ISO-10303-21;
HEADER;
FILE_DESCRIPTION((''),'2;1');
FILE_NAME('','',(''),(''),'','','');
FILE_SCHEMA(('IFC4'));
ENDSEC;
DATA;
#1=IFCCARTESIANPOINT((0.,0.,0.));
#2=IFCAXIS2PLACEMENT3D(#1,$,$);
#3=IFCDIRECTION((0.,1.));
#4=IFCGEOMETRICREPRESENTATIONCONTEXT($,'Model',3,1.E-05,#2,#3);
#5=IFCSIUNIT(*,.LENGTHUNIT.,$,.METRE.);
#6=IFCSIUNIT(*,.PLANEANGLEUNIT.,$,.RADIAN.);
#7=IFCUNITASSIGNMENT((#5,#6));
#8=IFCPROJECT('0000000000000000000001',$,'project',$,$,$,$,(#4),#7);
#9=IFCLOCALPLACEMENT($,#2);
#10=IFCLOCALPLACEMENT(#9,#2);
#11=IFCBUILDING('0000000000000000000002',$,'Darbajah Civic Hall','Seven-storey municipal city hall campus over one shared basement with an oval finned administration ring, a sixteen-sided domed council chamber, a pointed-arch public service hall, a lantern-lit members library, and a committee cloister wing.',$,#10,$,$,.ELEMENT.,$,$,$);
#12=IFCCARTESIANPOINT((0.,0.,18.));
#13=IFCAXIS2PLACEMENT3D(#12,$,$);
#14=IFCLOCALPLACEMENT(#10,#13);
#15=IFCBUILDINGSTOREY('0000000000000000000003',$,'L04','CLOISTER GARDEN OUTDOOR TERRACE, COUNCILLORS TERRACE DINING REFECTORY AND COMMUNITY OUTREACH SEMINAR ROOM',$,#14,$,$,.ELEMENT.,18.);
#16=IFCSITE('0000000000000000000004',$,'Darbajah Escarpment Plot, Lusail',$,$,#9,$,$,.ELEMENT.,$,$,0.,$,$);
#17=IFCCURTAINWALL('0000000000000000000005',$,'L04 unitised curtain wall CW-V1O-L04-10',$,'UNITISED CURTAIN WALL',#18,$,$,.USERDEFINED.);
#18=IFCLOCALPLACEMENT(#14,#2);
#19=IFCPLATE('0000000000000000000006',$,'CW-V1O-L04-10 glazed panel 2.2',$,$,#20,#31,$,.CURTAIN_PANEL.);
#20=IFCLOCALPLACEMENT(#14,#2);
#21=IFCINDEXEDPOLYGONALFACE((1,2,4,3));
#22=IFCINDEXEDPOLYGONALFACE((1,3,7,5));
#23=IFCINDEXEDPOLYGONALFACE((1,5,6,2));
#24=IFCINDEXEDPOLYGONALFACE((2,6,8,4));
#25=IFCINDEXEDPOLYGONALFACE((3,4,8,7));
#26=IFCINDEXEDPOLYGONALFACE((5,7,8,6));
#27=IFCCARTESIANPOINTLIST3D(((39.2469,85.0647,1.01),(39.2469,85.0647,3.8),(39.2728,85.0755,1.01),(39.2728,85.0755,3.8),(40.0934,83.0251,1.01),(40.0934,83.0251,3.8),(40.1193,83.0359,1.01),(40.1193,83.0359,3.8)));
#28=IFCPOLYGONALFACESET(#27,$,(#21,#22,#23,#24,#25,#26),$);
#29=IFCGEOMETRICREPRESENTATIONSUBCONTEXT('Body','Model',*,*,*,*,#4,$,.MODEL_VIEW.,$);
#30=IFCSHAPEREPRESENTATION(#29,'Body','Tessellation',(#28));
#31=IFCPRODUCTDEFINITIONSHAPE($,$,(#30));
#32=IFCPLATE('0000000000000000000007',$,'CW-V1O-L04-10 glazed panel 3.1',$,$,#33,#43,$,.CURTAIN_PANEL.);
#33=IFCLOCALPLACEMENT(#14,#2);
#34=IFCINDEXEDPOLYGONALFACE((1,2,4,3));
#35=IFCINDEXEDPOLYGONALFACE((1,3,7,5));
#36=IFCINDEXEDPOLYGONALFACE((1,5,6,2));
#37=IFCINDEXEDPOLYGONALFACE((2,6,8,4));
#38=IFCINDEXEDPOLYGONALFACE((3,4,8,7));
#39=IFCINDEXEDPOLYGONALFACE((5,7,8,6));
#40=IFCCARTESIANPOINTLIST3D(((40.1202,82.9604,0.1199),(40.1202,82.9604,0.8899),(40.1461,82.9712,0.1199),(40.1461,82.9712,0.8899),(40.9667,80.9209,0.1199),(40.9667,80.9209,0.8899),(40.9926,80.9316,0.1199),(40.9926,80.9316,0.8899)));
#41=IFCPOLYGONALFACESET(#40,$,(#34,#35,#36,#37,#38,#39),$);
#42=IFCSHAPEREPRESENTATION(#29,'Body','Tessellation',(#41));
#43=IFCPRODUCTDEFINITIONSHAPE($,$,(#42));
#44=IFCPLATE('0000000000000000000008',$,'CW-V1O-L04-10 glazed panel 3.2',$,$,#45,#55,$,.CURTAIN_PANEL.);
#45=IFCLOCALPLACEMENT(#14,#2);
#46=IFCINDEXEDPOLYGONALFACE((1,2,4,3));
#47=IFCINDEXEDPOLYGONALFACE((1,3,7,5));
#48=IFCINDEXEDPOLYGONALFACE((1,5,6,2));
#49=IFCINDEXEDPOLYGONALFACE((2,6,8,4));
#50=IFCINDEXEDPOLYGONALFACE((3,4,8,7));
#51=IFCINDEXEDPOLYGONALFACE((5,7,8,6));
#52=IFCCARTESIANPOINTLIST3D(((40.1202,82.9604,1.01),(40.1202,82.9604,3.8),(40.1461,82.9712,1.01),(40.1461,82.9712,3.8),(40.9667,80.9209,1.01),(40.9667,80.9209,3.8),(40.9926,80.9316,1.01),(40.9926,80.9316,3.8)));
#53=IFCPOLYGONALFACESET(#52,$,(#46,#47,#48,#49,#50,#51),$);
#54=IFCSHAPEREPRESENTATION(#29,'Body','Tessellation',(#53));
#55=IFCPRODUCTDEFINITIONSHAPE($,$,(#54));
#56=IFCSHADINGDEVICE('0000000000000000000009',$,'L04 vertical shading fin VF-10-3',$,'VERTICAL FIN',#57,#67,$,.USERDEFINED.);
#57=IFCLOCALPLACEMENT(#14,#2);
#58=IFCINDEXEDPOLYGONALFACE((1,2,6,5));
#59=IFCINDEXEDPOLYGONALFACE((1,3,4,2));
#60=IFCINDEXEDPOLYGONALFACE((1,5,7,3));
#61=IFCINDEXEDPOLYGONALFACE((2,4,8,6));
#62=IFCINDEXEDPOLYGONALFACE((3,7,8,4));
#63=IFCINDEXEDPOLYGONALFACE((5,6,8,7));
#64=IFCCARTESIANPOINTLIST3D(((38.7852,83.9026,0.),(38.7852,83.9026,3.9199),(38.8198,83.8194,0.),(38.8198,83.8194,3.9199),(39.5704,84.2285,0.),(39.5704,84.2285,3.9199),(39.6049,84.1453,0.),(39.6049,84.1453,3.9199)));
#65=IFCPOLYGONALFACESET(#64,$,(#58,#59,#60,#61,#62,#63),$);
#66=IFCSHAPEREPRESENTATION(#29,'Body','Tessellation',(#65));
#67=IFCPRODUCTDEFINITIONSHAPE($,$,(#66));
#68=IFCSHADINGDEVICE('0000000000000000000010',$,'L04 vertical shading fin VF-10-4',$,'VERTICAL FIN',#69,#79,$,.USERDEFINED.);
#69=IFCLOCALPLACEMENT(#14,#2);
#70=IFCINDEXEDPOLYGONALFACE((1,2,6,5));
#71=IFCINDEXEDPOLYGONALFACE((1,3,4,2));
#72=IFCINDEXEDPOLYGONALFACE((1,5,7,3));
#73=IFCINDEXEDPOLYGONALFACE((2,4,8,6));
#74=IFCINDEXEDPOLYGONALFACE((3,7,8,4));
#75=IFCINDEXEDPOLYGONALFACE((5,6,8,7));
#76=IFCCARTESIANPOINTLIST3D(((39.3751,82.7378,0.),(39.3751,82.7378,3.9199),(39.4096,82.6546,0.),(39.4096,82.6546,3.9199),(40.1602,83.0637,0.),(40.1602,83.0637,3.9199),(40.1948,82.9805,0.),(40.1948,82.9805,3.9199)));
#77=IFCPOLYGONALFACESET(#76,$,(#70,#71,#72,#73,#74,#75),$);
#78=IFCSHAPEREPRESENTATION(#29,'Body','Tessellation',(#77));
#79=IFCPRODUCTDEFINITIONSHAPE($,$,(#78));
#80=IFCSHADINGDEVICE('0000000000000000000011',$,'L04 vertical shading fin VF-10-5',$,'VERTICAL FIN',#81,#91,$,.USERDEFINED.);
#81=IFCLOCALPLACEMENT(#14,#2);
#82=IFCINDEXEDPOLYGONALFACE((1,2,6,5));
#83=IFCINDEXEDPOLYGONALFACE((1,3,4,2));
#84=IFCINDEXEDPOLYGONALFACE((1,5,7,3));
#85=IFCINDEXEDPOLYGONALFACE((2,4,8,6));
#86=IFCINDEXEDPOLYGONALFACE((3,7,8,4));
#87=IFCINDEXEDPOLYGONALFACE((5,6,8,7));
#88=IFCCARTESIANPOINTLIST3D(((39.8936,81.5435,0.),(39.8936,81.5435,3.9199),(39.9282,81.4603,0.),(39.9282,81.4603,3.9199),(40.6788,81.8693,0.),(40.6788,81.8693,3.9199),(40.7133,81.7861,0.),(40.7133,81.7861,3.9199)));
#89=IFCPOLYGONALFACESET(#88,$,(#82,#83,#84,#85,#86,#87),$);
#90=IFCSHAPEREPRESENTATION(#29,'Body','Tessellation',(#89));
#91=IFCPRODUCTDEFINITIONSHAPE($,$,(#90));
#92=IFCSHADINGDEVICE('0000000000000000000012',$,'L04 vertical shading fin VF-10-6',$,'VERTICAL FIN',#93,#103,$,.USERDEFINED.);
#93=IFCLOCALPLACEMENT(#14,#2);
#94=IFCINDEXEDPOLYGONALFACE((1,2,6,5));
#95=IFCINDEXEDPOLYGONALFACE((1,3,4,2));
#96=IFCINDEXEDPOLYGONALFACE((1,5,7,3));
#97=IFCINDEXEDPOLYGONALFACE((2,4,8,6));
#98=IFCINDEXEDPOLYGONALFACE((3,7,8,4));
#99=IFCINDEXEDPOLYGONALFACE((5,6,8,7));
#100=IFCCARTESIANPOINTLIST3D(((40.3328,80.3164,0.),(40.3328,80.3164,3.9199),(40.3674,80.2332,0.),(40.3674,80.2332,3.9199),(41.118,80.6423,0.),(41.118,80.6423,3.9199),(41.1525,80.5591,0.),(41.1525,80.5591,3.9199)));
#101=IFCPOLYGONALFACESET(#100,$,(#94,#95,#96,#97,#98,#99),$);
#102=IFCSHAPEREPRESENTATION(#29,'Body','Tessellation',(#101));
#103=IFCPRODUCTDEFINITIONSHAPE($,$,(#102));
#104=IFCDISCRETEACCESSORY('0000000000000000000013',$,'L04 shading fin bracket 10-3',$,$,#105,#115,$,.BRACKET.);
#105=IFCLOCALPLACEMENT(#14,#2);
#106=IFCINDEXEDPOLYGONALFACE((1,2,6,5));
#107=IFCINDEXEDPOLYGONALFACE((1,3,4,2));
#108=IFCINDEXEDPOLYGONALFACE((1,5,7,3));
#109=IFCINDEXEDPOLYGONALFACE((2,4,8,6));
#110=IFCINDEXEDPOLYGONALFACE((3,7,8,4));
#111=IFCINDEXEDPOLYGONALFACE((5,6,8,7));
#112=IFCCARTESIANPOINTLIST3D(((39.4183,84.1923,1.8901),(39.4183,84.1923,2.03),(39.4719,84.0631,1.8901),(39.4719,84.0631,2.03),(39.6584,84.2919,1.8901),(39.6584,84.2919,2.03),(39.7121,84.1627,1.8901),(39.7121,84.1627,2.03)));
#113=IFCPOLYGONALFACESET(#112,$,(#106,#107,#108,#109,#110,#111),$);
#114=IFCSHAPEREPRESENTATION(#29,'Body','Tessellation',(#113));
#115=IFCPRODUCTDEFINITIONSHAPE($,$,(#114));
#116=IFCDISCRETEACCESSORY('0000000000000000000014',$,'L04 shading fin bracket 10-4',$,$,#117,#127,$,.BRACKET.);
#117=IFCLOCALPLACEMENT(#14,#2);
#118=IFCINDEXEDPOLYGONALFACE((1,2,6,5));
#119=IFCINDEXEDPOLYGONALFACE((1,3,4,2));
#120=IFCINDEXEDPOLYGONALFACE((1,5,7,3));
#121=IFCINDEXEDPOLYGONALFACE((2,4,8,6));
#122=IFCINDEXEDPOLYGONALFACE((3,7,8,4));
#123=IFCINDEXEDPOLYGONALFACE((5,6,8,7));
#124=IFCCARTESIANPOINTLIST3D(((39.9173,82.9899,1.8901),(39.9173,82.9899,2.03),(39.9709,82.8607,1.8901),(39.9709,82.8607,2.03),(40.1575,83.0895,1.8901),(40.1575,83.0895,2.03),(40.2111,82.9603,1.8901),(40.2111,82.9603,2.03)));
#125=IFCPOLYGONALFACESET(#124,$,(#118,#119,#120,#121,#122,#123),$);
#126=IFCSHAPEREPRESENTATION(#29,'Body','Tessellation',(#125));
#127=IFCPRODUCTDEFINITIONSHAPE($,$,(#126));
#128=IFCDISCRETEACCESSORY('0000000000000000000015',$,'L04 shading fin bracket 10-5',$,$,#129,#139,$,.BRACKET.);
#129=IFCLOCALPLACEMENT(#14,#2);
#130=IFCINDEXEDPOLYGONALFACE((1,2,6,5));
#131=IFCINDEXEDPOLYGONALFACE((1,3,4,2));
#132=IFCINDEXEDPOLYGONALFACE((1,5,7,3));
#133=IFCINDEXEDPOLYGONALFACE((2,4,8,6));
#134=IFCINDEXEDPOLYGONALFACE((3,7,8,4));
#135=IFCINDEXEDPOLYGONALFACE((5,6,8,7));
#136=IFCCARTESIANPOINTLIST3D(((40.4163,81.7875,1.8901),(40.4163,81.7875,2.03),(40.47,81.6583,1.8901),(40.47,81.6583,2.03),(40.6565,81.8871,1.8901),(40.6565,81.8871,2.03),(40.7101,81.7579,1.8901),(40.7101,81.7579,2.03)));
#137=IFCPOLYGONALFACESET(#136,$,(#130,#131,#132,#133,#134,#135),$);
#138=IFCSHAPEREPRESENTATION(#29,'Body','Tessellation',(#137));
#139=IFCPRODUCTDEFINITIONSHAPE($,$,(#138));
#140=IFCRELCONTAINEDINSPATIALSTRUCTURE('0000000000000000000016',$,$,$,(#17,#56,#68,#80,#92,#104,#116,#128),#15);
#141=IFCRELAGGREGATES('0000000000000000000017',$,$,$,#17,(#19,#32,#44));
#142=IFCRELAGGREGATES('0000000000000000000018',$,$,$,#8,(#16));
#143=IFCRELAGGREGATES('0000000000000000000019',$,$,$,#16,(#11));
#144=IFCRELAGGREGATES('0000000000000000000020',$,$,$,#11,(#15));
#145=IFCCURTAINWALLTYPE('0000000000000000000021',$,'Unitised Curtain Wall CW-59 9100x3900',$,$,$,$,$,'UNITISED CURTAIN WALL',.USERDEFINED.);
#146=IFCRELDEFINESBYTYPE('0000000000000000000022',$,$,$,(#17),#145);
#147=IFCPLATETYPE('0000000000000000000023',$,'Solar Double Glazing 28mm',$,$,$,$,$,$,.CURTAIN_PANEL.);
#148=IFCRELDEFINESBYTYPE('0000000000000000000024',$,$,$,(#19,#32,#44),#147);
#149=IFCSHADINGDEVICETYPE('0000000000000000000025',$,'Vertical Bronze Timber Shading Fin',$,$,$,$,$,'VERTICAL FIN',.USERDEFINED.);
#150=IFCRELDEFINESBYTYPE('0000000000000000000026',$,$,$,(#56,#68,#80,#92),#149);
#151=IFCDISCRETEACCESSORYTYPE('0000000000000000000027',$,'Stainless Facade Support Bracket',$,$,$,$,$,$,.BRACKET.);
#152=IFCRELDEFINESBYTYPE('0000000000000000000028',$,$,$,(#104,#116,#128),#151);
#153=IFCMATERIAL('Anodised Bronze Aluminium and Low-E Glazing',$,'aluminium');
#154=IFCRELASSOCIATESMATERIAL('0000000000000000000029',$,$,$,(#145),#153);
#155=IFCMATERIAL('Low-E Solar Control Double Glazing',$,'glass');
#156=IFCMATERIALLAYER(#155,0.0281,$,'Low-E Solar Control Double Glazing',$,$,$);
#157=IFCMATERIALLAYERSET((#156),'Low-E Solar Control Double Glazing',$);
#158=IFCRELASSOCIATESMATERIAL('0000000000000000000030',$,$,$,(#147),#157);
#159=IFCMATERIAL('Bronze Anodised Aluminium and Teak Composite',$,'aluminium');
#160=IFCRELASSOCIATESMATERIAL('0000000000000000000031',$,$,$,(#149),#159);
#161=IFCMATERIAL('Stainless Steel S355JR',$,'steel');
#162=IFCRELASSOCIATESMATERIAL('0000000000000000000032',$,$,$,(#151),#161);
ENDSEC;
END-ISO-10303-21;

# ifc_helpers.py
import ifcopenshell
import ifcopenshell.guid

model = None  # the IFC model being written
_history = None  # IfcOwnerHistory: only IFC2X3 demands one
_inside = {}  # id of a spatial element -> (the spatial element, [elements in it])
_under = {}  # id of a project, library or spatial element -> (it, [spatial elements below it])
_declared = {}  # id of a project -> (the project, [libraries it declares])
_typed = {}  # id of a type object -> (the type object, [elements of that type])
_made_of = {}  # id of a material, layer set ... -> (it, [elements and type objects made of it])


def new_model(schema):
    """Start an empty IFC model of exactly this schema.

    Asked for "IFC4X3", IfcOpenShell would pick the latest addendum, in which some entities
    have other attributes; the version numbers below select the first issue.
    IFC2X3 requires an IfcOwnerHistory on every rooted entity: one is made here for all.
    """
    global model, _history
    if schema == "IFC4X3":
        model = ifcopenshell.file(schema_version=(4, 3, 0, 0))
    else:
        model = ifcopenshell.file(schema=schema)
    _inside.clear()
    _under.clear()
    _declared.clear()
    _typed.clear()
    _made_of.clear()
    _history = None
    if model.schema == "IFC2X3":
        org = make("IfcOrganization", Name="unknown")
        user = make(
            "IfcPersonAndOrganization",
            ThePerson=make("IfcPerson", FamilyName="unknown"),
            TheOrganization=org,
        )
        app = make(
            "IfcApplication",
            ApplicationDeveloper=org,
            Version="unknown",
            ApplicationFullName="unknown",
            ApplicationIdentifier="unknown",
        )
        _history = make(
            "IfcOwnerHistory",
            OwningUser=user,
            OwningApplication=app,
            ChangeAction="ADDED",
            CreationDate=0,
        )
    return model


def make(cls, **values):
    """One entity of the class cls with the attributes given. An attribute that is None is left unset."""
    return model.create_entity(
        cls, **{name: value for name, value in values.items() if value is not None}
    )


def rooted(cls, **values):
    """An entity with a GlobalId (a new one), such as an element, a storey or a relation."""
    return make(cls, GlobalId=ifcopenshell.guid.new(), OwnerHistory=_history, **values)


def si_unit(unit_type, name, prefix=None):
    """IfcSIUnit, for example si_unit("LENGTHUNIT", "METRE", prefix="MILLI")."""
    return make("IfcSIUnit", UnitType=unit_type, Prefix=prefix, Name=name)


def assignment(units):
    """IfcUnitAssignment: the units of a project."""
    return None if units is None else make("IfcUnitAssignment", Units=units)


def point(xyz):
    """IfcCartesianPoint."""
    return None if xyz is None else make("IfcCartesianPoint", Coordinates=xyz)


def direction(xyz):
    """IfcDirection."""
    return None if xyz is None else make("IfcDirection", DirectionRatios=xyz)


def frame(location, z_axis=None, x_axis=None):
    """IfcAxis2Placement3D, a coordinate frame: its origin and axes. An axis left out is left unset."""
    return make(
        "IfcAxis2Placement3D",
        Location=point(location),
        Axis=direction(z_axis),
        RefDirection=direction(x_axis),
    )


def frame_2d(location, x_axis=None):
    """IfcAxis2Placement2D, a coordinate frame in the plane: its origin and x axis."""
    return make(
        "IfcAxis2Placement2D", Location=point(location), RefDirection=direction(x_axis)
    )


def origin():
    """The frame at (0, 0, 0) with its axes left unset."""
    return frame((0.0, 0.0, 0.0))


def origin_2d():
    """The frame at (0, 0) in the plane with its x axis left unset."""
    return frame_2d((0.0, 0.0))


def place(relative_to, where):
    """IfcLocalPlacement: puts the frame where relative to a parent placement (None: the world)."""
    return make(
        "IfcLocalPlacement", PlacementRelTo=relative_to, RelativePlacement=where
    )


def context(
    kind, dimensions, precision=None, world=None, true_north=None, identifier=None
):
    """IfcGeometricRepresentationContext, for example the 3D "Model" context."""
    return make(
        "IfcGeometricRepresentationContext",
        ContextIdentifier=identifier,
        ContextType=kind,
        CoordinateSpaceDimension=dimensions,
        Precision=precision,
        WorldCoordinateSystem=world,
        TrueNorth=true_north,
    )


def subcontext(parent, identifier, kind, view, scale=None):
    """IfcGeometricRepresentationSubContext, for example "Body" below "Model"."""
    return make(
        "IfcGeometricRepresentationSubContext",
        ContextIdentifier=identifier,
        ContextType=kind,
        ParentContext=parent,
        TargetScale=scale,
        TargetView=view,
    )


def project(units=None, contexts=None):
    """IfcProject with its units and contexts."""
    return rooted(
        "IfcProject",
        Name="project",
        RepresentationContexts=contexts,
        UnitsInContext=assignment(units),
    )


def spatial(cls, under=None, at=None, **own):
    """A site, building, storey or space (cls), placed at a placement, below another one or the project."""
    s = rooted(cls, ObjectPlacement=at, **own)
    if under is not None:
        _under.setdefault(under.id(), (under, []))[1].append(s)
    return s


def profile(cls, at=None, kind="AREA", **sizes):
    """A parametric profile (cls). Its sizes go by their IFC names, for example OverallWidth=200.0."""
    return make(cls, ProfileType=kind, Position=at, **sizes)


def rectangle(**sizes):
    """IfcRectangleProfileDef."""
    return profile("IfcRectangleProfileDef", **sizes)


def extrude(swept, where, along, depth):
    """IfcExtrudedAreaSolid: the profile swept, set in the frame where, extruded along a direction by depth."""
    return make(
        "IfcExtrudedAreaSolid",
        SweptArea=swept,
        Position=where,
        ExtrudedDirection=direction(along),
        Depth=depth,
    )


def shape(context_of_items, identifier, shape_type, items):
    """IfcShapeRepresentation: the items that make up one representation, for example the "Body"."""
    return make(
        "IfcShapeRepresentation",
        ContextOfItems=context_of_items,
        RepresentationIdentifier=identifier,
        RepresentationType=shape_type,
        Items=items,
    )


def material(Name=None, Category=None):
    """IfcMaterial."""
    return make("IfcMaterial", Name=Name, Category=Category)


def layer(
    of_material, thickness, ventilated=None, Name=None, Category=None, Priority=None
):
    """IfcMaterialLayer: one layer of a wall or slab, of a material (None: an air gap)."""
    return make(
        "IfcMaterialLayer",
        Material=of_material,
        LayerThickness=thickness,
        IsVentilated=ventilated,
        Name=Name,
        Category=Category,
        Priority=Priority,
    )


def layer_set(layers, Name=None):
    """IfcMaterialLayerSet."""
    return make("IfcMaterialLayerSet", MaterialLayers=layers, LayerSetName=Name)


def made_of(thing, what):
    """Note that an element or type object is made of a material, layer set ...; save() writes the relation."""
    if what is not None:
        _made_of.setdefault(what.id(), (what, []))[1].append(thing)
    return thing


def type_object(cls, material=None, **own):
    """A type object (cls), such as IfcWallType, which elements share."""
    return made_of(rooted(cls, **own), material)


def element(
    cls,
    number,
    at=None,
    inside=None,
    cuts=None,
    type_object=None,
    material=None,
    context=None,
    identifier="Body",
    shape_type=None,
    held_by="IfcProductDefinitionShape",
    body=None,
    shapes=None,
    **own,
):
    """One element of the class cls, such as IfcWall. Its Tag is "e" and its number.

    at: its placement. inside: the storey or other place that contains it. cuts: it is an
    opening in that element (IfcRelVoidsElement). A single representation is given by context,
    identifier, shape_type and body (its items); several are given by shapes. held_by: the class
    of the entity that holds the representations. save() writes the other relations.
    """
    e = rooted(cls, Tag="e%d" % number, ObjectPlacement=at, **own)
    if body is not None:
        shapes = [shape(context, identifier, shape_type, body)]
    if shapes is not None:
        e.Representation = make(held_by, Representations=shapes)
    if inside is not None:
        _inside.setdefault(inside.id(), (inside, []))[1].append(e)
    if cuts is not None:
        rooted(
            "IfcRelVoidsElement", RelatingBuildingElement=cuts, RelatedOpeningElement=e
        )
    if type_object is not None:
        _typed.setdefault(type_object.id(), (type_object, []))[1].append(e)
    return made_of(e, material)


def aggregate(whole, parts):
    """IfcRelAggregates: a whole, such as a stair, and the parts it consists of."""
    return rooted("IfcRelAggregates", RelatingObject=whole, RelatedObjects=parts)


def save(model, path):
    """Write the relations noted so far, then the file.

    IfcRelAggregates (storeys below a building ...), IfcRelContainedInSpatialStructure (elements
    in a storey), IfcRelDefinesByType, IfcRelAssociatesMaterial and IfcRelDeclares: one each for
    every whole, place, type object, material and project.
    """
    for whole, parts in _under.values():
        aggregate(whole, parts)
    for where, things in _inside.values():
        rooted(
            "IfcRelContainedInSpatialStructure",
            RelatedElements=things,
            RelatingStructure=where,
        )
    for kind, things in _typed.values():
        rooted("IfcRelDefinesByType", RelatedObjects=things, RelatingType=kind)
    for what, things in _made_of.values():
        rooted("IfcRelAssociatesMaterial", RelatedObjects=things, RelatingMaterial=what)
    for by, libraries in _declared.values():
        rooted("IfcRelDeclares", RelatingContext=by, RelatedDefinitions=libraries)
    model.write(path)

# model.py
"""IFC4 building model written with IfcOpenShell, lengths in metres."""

from ifc_helpers import new_model, si_unit, direction, frame, origin, origin_2d, place, context, subcontext, project, spatial, rectangle, extrude, material, layer, layer_set, type_object, element, aggregate, save


model = new_model("IFC4")

# Units and contexts
model_context = context("Model", 3, precision=1e-05, world=origin(), true_north=direction((0.0, 1.0)))
body_context = subcontext(model_context, "Body", "Model", "MODEL_VIEW")
ifc_project = project(units=[si_unit("LENGTHUNIT", "METRE"), si_unit("PLANEANGLEUNIT", "RADIAN")], contexts=[model_context])

# Site, building, storey
site_placement = place(None, origin())
site = spatial("IfcSite", under=ifc_project, at=site_placement, Name="Darbajah Escarpment Plot, Lusail", CompositionType="ELEMENT", RefElevation=0.0)
building_placement = place(site_placement, origin())
building = spatial("IfcBuilding", under=site, at=building_placement, Name="Darbajah Civic Hall", Description="Seven-storey municipal city hall campus over one shared basement with an oval finned administration ring, a sixteen-sided domed council chamber, a pointed-arch public service hall, a lantern-lit members library, and a committee cloister wing.", CompositionType="ELEMENT")
storey_placement = place(building_placement, frame((0.0, 0.0, 18.0)))
storey = spatial("IfcBuildingStorey", under=building, at=storey_placement, Name="L04", Description="CLOISTER GARDEN OUTDOOR TERRACE, COUNCILLORS TERRACE DINING REFECTORY AND COMMUNITY OUTREACH SEMINAR ROOM", CompositionType="ELEMENT", Elevation=18.0)

# Curtain wall, plates
ifc_material_1 = material(Name="Anodised Bronze Aluminium and Low-E Glazing", Category="aluminium")
curtain_wall_type = type_object("IfcCurtainWallType", Name="Unitised Curtain Wall CW-59 9100x3900", ElementType="UNITISED CURTAIN WALL", PredefinedType="USERDEFINED", material=ifc_material_1)
curtain_wall_placement = place(storey_placement, origin())
curtain_wall = element("IfcCurtainWall", 1, at=curtain_wall_placement, inside=storey, type_object=curtain_wall_type, Name="L04 unitised curtain wall CW-V1O-L04-10", ObjectType="UNITISED CURTAIN WALL", PredefinedType="USERDEFINED")
ifc_material_2 = material(Name="Low-E Solar Control Double Glazing", Category="glass")
ifc_layer = layer(ifc_material_2, 0.0281, Name="Low-E Solar Control Double Glazing")
ifc_layer_set = layer_set([ifc_layer], Name="Low-E Solar Control Double Glazing")
plate_type = type_object("IfcPlateType", Name="Solar Double Glazing 28mm", PredefinedType="CURTAIN_PANEL", material=ifc_layer_set)
plate_1_placement = place(storey_placement, frame((39.6831, 84.0503, 1.01), z_axis=(0.0, 0.0, 1.0), x_axis=(0.383328, -0.923612, 0.0)))
plate_1 = element("IfcPlate", 2, at=plate_1_placement, type_object=plate_type, Name="CW-V1O-L04-10 glazed panel 2.2", PredefinedType="CURTAIN_PANEL", context=body_context, shape_type="SweptSolid", body=[
    extrude(rectangle(XDim=2.2083, YDim=0.0281, at=origin_2d()), origin(), (0.0, 0.0, 1.0), 2.79),
])
plate_2_placement = place(storey_placement, frame((40.5564, 81.946, 0.1199), z_axis=(0.0, 0.0, 1.0), x_axis=(0.383328, -0.923612, 0.0)))
plate_2 = element("IfcPlate", 3, at=plate_2_placement, type_object=plate_type, Name="CW-V1O-L04-10 glazed panel 3.1", PredefinedType="CURTAIN_PANEL", context=body_context, shape_type="SweptSolid", body=[
    extrude(rectangle(XDim=2.2083, YDim=0.0281, at=origin_2d()), origin(), (0.0, 0.0, 1.0), 0.77),
])
plate_3_placement = place(storey_placement, frame((40.5564, 81.946, 1.01), z_axis=(0.0, 0.0, 1.0), x_axis=(0.383328, -0.923612, 0.0)))
plate_3 = element("IfcPlate", 4, at=plate_3_placement, type_object=plate_type, Name="CW-V1O-L04-10 glazed panel 3.2", PredefinedType="CURTAIN_PANEL", context=body_context, shape_type="SweptSolid", body=[
    extrude(rectangle(XDim=2.2083, YDim=0.0281, at=origin_2d()), origin(), (0.0, 0.0, 1.0), 2.79),
])
aggregate(curtain_wall, [plate_1, plate_2, plate_3])

# Shading devices
ifc_material_3 = material(Name="Bronze Anodised Aluminium and Teak Composite", Category="aluminium")
shading_device_type = type_object("IfcShadingDeviceType", Name="Vertical Bronze Timber Shading Fin", ElementType="VERTICAL FIN", PredefinedType="USERDEFINED", material=ifc_material_3)
for number, where, z_axis, x_axis, name in (
    (5, (39.1951, 84.0239, 0.0), (0.0, 0.0, 1.0), (-0.923612, -0.383328, 0.0), "L04 vertical shading fin VF-10-3"),
    (6, (39.7849, 82.8591, 0.0), (0.0, 0.0, 1.0), (-0.923612, -0.383328, 0.0), "L04 vertical shading fin VF-10-4"),
    (7, (40.3035, 81.6648, 0.0), (0.0, 0.0, 1.0), (-0.923612, -0.383328, 0.0), "L04 vertical shading fin VF-10-5"),
    (8, (40.7427, 80.4377, 0.0), (0.0, 0.0, 1.0), (-0.923612, -0.383328, 0.0), "L04 vertical shading fin VF-10-6"),
):
    element("IfcShadingDevice", number, at=place(storey_placement, frame(where, z_axis=z_axis, x_axis=x_axis)), inside=storey, type_object=shading_device_type, Name=name, ObjectType="VERTICAL FIN", PredefinedType="USERDEFINED", context=body_context, shape_type="SweptSolid", body=[
        extrude(rectangle(XDim=0.8501, YDim=0.0901, at=origin_2d()), origin(), (0.0, 0.0, 1.0), 3.9199),
    ])

# Discrete accessories
ifc_material_4 = material(Name="Stainless Steel S355JR", Category="steel")
discrete_accessory_type = type_object("IfcDiscreteAccessoryType", Name="Stainless Facade Support Bracket", PredefinedType="BRACKET", material=ifc_material_4)
for number, where, z_axis, x_axis, name in (
    (9, (39.5652, 84.1775, 1.8901), (0.0, 0.0, 1.0), (-0.923612, -0.383328, 0.0), "L04 shading fin bracket 10-3"),
    (10, (40.0642, 82.9751, 1.8901), (0.0, 0.0, 1.0), (-0.923612, -0.383328, 0.0), "L04 shading fin bracket 10-4"),
    (11, (40.5632, 81.7727, 1.8901), (0.0, 0.0, 1.0), (-0.923612, -0.383328, 0.0), "L04 shading fin bracket 10-5"),
):
    element("IfcDiscreteAccessory", number, at=place(storey_placement, frame(where, z_axis=z_axis, x_axis=x_axis)), inside=storey, type_object=discrete_accessory_type, Name=name, PredefinedType="BRACKET", context=body_context, shape_type="SweptSolid", body=[
        extrude(rectangle(XDim=0.26, YDim=0.1399, at=origin_2d()), origin(), (0.0, 0.0, 1.0), 0.1399),
    ])

save(model, "model.ifc")
